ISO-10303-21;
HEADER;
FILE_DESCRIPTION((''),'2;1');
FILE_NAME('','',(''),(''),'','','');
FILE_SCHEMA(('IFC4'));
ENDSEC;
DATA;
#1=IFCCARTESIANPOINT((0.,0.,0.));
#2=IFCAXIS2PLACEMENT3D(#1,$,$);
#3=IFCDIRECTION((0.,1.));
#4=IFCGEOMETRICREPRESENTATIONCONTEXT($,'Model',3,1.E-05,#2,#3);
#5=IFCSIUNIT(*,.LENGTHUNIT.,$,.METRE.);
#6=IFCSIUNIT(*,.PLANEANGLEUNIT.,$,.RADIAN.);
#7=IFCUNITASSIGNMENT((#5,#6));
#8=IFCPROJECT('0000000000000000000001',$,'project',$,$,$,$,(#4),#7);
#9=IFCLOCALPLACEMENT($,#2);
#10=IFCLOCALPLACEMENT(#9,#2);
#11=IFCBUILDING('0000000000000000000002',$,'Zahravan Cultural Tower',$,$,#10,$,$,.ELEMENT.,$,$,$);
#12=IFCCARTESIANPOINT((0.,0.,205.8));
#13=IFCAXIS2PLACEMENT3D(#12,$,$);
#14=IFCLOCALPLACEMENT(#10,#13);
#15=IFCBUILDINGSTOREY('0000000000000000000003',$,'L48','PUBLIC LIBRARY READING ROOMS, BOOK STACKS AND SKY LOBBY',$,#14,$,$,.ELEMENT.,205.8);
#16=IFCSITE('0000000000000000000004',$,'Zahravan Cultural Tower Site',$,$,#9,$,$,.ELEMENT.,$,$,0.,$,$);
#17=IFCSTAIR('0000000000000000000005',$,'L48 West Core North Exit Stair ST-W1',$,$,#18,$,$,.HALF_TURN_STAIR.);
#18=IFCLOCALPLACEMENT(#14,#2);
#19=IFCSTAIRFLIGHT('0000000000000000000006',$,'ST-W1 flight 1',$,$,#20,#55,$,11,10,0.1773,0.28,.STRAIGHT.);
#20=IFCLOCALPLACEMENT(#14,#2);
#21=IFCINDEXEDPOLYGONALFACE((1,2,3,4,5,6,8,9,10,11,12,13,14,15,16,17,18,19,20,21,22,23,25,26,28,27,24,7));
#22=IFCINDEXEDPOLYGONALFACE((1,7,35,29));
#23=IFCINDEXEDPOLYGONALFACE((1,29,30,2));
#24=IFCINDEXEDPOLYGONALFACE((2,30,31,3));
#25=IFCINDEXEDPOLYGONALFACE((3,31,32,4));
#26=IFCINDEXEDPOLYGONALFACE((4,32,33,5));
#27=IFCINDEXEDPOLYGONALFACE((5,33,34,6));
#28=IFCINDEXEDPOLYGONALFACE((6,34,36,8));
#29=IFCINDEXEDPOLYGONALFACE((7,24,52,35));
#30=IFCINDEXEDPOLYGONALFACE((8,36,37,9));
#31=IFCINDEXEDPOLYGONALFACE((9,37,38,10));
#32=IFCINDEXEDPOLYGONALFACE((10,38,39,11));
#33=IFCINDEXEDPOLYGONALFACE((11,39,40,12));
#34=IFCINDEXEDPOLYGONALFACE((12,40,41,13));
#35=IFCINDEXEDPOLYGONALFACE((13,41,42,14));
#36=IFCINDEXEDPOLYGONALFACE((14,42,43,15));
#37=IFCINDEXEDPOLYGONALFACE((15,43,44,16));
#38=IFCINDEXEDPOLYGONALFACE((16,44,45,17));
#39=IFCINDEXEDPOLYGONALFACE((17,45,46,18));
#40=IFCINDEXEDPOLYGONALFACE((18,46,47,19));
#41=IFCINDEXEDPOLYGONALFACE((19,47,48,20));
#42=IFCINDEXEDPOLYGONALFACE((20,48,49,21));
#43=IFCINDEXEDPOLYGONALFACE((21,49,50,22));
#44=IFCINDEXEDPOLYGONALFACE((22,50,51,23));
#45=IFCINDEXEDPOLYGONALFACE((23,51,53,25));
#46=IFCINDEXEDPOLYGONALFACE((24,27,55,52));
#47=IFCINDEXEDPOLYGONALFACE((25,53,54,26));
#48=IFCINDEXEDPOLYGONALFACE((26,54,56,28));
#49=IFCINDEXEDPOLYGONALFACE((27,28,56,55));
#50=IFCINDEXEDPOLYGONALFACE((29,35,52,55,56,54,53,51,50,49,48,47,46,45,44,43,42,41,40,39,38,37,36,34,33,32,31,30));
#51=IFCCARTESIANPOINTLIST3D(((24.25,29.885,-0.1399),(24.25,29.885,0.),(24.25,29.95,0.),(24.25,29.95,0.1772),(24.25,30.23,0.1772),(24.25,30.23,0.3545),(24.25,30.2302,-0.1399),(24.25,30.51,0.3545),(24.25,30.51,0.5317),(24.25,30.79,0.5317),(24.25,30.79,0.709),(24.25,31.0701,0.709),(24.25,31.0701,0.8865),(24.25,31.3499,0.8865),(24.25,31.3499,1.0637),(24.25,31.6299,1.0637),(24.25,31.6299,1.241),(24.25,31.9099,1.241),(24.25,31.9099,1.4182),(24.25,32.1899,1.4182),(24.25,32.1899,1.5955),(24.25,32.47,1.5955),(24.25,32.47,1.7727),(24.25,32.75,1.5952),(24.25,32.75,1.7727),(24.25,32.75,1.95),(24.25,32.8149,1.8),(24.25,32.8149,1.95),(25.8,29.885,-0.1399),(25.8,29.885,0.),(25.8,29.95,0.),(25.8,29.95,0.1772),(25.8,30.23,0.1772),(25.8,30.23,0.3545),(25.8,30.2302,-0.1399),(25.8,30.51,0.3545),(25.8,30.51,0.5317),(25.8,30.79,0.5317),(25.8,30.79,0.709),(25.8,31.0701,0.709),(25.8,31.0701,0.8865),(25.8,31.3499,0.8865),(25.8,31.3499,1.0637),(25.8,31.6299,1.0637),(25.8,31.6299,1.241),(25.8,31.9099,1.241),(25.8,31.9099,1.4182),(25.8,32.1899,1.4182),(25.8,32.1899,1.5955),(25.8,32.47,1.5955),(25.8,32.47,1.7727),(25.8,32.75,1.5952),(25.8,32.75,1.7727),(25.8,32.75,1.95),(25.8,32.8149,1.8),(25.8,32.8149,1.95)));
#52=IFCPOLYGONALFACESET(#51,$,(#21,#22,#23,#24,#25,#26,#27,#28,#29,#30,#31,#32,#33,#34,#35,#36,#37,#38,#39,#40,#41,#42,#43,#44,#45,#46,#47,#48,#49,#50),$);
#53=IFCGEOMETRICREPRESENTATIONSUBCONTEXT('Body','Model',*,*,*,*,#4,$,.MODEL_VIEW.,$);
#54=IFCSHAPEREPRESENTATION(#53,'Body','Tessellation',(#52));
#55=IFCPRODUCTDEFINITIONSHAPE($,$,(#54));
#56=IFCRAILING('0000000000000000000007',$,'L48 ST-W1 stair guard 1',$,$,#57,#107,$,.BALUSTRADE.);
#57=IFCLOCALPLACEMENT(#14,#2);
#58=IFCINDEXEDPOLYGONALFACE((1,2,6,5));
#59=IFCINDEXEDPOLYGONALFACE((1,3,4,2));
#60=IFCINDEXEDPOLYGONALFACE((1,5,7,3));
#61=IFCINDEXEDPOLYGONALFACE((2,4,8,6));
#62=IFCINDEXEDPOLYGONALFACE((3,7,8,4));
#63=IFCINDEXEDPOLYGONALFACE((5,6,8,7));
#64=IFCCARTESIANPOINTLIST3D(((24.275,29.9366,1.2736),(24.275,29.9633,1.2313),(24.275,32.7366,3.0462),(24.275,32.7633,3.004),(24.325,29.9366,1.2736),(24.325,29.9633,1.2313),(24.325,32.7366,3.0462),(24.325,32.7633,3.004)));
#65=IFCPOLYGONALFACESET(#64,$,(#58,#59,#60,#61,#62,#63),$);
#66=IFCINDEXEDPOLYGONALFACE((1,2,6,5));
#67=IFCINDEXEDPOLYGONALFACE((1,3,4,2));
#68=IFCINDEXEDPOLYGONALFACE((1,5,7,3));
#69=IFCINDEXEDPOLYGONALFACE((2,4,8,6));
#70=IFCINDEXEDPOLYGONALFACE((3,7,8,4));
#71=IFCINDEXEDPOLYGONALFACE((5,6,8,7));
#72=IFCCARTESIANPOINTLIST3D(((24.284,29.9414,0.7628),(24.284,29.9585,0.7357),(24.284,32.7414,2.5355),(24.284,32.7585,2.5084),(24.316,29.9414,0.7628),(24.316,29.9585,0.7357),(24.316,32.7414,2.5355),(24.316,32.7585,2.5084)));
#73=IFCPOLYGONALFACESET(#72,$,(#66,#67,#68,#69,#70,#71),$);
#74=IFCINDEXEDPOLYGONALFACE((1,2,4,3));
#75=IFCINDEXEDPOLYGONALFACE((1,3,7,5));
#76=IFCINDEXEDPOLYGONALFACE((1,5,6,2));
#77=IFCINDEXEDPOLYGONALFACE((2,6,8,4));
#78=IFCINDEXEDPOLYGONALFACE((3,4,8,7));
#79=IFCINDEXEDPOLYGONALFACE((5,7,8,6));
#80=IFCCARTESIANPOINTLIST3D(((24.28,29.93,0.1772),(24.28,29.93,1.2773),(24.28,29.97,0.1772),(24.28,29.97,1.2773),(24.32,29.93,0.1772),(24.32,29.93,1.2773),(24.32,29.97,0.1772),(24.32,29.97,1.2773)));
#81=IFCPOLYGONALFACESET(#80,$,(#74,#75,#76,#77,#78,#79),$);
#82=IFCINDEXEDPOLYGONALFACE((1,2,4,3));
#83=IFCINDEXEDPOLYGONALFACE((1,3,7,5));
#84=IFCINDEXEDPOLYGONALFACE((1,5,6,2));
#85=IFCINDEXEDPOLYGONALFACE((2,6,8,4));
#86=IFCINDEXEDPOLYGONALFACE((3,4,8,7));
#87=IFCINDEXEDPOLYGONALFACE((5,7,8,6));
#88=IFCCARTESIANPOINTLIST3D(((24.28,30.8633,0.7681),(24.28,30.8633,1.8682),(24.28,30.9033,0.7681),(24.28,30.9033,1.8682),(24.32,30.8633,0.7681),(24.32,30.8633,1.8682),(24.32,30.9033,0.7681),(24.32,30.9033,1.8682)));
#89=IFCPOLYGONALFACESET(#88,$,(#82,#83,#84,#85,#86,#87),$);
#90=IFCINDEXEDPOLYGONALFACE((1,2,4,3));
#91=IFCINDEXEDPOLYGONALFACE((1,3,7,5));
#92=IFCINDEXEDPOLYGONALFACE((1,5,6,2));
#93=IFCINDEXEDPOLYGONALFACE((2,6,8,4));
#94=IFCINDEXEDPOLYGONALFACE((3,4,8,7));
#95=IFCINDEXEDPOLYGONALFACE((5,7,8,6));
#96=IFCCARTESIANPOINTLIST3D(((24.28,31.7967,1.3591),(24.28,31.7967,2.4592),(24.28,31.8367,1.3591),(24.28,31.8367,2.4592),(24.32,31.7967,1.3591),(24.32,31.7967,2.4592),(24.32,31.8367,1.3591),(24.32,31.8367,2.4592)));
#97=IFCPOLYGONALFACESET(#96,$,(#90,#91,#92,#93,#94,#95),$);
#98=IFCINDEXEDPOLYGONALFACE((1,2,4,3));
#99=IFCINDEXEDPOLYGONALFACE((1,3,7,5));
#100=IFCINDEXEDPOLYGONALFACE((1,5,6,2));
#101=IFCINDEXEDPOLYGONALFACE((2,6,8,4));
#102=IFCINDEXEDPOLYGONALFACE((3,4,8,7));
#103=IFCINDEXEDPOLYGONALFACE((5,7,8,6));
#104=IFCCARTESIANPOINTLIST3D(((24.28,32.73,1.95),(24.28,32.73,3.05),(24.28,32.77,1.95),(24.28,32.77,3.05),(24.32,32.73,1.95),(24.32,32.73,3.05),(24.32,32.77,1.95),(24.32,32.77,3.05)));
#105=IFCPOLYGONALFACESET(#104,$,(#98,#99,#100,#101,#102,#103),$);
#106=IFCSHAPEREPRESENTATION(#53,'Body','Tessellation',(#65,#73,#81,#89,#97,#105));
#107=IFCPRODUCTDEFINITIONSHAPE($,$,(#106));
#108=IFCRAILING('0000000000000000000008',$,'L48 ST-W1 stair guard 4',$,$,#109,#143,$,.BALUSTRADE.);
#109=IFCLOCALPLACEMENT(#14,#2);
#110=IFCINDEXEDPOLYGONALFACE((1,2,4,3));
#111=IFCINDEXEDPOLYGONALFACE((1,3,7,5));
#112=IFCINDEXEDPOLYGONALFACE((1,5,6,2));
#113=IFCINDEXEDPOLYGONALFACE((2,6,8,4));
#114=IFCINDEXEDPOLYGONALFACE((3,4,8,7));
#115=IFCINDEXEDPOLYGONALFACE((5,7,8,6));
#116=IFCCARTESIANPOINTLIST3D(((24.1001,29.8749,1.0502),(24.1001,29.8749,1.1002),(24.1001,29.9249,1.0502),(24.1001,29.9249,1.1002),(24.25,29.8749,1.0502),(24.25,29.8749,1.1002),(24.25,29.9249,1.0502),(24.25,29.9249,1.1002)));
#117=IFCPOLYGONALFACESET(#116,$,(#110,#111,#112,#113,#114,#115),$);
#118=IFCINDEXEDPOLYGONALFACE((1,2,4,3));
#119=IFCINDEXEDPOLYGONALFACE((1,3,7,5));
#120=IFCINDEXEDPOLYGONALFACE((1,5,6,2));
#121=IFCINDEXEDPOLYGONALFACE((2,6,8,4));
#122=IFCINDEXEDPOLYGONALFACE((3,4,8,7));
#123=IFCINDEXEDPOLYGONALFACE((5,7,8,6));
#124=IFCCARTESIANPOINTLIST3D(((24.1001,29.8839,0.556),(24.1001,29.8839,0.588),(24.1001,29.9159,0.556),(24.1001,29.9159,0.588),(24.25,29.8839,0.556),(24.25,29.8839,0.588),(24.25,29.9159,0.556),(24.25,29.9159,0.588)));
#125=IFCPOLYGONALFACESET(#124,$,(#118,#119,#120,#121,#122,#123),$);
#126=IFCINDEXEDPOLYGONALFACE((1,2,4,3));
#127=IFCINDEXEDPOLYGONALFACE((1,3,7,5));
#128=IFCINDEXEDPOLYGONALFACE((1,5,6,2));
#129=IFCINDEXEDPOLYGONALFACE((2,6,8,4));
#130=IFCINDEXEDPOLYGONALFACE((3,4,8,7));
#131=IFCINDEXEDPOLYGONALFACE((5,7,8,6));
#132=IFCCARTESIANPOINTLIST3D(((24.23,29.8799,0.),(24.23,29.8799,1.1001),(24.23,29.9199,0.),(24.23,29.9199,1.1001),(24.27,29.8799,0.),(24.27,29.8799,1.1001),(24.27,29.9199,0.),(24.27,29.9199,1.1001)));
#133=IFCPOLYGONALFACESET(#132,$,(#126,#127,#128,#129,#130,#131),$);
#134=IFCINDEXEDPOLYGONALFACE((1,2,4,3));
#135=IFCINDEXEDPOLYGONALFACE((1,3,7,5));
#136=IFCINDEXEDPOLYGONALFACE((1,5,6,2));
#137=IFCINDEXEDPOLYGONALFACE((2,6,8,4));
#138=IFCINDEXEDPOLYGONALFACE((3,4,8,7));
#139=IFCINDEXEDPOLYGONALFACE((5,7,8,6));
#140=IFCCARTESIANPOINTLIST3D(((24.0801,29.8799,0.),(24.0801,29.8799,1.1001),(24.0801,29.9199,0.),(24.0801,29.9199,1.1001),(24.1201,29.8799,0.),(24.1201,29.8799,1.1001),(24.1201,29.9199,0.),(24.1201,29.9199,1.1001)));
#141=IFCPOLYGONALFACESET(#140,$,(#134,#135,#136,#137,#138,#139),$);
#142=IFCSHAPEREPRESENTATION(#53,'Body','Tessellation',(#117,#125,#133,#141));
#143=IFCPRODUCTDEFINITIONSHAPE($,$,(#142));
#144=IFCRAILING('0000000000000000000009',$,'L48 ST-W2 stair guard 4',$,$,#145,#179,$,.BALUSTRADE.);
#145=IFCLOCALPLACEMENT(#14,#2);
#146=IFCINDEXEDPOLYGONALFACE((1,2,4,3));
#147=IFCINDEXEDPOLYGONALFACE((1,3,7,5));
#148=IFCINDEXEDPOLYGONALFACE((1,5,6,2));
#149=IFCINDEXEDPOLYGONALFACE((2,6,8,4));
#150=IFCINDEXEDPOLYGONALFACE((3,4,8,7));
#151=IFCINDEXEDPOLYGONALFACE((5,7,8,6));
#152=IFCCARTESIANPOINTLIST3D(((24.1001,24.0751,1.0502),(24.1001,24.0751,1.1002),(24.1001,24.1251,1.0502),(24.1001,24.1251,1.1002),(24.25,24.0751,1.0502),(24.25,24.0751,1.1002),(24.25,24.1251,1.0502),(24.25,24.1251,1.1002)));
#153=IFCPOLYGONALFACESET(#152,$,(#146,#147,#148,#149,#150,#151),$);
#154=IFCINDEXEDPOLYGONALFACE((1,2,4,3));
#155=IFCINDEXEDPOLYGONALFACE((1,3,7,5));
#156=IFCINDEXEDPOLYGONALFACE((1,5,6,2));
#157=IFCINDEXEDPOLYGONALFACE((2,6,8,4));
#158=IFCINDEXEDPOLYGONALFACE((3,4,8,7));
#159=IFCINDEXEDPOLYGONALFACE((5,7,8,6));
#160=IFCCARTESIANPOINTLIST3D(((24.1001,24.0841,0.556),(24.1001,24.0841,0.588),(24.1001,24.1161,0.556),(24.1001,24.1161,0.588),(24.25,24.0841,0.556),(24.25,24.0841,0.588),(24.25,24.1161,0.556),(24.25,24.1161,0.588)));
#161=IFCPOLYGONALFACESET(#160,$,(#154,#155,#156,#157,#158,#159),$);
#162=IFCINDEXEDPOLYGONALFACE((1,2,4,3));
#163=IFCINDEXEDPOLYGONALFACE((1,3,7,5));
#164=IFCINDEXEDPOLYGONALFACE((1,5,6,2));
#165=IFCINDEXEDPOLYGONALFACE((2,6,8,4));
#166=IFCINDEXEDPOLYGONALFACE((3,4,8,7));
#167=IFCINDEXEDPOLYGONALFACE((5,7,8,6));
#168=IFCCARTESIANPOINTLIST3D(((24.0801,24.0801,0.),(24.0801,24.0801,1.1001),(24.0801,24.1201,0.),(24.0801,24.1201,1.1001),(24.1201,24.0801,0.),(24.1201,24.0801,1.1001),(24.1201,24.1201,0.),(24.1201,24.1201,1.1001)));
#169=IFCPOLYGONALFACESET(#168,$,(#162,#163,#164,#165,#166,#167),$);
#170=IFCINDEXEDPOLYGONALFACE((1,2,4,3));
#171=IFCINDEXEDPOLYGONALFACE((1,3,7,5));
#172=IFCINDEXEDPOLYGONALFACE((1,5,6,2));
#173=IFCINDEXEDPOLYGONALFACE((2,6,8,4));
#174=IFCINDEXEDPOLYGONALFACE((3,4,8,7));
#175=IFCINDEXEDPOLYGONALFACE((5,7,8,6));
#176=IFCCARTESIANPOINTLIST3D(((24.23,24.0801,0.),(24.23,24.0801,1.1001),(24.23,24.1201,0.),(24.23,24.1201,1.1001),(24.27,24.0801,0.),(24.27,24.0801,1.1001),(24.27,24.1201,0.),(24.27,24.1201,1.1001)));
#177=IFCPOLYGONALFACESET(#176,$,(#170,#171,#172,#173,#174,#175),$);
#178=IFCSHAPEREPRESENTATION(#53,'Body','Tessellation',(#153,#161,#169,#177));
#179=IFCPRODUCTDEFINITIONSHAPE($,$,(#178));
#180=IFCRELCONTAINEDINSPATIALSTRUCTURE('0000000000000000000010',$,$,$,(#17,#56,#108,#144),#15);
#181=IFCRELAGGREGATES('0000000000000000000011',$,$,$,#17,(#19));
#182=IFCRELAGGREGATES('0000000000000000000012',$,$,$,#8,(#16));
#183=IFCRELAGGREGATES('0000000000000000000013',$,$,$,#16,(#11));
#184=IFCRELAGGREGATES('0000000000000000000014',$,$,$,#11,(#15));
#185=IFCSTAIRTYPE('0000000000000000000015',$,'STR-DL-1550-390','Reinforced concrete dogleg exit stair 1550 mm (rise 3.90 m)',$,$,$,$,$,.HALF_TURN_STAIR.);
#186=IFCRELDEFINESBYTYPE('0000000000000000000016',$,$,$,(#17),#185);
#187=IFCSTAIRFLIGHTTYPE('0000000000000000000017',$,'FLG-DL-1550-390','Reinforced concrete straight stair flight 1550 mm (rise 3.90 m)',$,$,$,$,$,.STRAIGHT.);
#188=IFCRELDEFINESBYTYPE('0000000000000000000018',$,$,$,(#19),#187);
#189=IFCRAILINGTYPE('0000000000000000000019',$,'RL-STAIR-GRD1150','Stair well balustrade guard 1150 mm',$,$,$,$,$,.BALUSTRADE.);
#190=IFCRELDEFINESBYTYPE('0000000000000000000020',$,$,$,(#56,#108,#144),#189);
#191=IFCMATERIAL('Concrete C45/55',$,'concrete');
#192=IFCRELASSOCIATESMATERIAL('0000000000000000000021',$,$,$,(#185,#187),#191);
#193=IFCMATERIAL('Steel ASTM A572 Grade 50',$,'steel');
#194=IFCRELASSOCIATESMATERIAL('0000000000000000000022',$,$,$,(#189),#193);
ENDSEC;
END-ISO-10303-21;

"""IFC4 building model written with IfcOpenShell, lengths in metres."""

from ifc_helpers import new_model, si_unit, direction, frame, origin, origin_2d, place, context, subcontext, project, spatial, polyline, rectangle, outline, extrude, material, type_object, element, aggregate, save


model = new_model("IFC4")

# Units and contexts
model_context = context("Model", 3, precision=1e-05, world=origin(), true_north=direction((0.0, 1.0)))
body_context = subcontext(model_context, "Body", "Model", "MODEL_VIEW")
ifc_project = project(units=[si_unit("LENGTHUNIT", "METRE"), si_unit("PLANEANGLEUNIT", "RADIAN")], contexts=[model_context])

# Site, building, storey
site_placement = place(None, origin())
site = spatial("IfcSite", under=ifc_project, at=site_placement, Name="Zahravan Cultural Tower Site", CompositionType="ELEMENT", RefElevation=0.0)
building_placement = place(site_placement, origin())
building = spatial("IfcBuilding", under=site, at=building_placement, Name="Zahravan Cultural Tower", CompositionType="ELEMENT")
storey_placement = place(building_placement, frame((0.0, 0.0, 205.8)))
storey = spatial("IfcBuildingStorey", under=building, at=storey_placement, Name="L48", Description="PUBLIC LIBRARY READING ROOMS, BOOK STACKS AND SKY LOBBY", CompositionType="ELEMENT", Elevation=205.8)

# Shared definitions
ifc_material_1 = material(Name="Steel ASTM A572 Grade 50", Category="steel")
ifc_material_2 = material(Name="Concrete C45/55", Category="concrete")

# Stair, stair flight
stair_type = type_object("IfcStairType", Name="STR-DL-1550-390", Description="Reinforced concrete dogleg exit stair 1550 mm (rise 3.90 m)", PredefinedType="HALF_TURN_STAIR", material=ifc_material_2)
stair_placement = place(storey_placement, origin())
stair = element("IfcStair", 1, at=stair_placement, inside=storey, type_object=stair_type, Name="L48 West Core North Exit Stair ST-W1", PredefinedType="HALF_TURN_STAIR")
stair_flight_type = type_object("IfcStairFlightType", Name="FLG-DL-1550-390", Description="Reinforced concrete straight stair flight 1550 mm (rise 3.90 m)", PredefinedType="STRAIGHT", material=ifc_material_2)
stair_flight_placement = place(storey_placement, frame((25.0249, 29.95, 0.0), z_axis=(0.0, 0.0, 1.0), x_axis=(0.0, 1.0, 0.0)))
stair_flight = element("IfcStairFlight", 2, at=stair_flight_placement, type_object=stair_flight_type, Name="ST-W1 flight 1", NumberOfRisers=11, NumberOfTreads=10, PredefinedType="STRAIGHT", RiserHeight=0.1773, TreadLength=0.28, context=body_context, shape_type="SweptSolid", body=[
    extrude(outline(polyline([(-0.0649, -0.1399), (-0.0649, 0.0), (0.0, 0.0), (0.0, 0.1772), (0.28, 0.1772), (0.28, 0.3545), (0.5601, 0.3545), (0.5601, 0.5317), (0.8401, 0.5317), (0.8401, 0.709), (1.1201, 0.709), (1.1201, 0.8865), (1.3999, 0.8865), (1.3999, 1.0637), (1.6799, 1.0637), (1.6799, 1.241), (1.96, 1.241), (1.96, 1.4182), (2.24, 1.4182), (2.24, 1.5955), (2.52, 1.5955), (2.52, 1.7727), (2.8, 1.7727), (2.8, 1.95), (2.865, 1.95), (2.865, 1.8), (2.8, 1.5952), (0.2803, -0.1399), (-0.0649, -0.1399)])), frame((0.0, 0.7749, 0.0), z_axis=(0.0, -1.0, 0.0), x_axis=(1.0, 0.0, 0.0)), (0.0, 0.0, 1.0), 1.55),
])
aggregate(stair, [stair_flight])

# Railings
railing_type_1 = type_object("IfcRailingType", Name="RL-STAIR-GRD1150", Description="Stair well balustrade guard 1150 mm", PredefinedType="BALUSTRADE", material=ifc_material_1)
railing_1_placement = place(storey_placement, frame((24.3, 29.95, 0.1772)))
element("IfcRailing", 3, at=railing_1_placement, inside=storey, type_object=railing_type_1, Name="L48 ST-W1 stair guard 1", PredefinedType="BALUSTRADE", context=body_context, shape_type="SweptSolid", body=[
    extrude(rectangle(XDim=0.05, YDim=0.05, at=origin_2d()), frame((0.0, 0.0, 1.0752), z_axis=(0.0, 0.844909, 0.53491), x_axis=(-1.0, 0.0, 0.0)), (0.0, 0.0, 1.0), 3.314),
    extrude(rectangle(XDim=0.032, YDim=0.032, at=origin_2d()), frame((0.0, 0.0, 0.572), z_axis=(0.0, 0.844909, 0.53491), x_axis=(-1.0, 0.0, 0.0)), (0.0, 0.0, 1.0), 3.314),
    extrude(rectangle(XDim=0.04, YDim=0.04, at=origin_2d()), origin(), (0.0, 0.0, 1.0), 1.1001),
    extrude(rectangle(XDim=0.04, YDim=0.04, at=origin_2d()), frame((0.0, 0.9333, 0.5908)), (0.0, 0.0, 1.0), 1.1001),
    extrude(rectangle(XDim=0.04, YDim=0.04, at=origin_2d()), frame((0.0, 1.8667, 1.1819)), (0.0, 0.0, 1.0), 1.1001),
    extrude(rectangle(XDim=0.04, YDim=0.04, at=origin_2d()), frame((0.0, 2.8, 1.7727)), (0.0, 0.0, 1.0), 1.1001),
])
railing_2_placement = place(storey_placement, frame((24.25, 29.8999, 0.0)))
element("IfcRailing", 4, at=railing_2_placement, inside=storey, type_object=railing_type_1, Name="L48 ST-W1 stair guard 4", PredefinedType="BALUSTRADE", context=body_context, shape_type="SweptSolid", body=[
    extrude(rectangle(XDim=0.05, YDim=0.05, at=origin_2d()), frame((0.0, 0.0, 1.0752), z_axis=(-1.0, 0.0, 0.0), x_axis=(0.0, -1.0, 0.0)), (0.0, 0.0, 1.0), 0.1499),
    extrude(rectangle(XDim=0.032, YDim=0.032, at=origin_2d()), frame((0.0, 0.0, 0.572), z_axis=(-1.0, 0.0, 0.0), x_axis=(0.0, -1.0, 0.0)), (0.0, 0.0, 1.0), 0.1499),
    extrude(rectangle(XDim=0.04, YDim=0.04, at=origin_2d()), origin(), (0.0, 0.0, 1.0), 1.1001),
    extrude(rectangle(XDim=0.04, YDim=0.04, at=origin_2d()), frame((-0.1499, 0.0, 0.0)), (0.0, 0.0, 1.0), 1.1001),
])
railing_3_placement = place(storey_placement, frame((24.1001, 24.1001, 0.0)))
element("IfcRailing", 5, at=railing_3_placement, inside=storey, type_object=railing_type_1, Name="L48 ST-W2 stair guard 4", PredefinedType="BALUSTRADE", context=body_context, shape_type="SweptSolid", body=[
    extrude(rectangle(XDim=0.05, YDim=0.05, at=origin_2d()), frame((0.0, 0.0, 1.0752), z_axis=(1.0, 0.0, 0.0), x_axis=(0.0, 1.0, 0.0)), (0.0, 0.0, 1.0), 0.1499),
    extrude(rectangle(XDim=0.032, YDim=0.032, at=origin_2d()), frame((0.0, 0.0, 0.572), z_axis=(1.0, 0.0, 0.0), x_axis=(0.0, 1.0, 0.0)), (0.0, 0.0, 1.0), 0.1499),
    extrude(rectangle(XDim=0.04, YDim=0.04, at=origin_2d()), origin(), (0.0, 0.0, 1.0), 1.1001),
    extrude(rectangle(XDim=0.04, YDim=0.04, at=origin_2d()), frame((0.1499, 0.0, 0.0)), (0.0, 0.0, 1.0), 1.1001),
])

save(model, "model.ifc")
